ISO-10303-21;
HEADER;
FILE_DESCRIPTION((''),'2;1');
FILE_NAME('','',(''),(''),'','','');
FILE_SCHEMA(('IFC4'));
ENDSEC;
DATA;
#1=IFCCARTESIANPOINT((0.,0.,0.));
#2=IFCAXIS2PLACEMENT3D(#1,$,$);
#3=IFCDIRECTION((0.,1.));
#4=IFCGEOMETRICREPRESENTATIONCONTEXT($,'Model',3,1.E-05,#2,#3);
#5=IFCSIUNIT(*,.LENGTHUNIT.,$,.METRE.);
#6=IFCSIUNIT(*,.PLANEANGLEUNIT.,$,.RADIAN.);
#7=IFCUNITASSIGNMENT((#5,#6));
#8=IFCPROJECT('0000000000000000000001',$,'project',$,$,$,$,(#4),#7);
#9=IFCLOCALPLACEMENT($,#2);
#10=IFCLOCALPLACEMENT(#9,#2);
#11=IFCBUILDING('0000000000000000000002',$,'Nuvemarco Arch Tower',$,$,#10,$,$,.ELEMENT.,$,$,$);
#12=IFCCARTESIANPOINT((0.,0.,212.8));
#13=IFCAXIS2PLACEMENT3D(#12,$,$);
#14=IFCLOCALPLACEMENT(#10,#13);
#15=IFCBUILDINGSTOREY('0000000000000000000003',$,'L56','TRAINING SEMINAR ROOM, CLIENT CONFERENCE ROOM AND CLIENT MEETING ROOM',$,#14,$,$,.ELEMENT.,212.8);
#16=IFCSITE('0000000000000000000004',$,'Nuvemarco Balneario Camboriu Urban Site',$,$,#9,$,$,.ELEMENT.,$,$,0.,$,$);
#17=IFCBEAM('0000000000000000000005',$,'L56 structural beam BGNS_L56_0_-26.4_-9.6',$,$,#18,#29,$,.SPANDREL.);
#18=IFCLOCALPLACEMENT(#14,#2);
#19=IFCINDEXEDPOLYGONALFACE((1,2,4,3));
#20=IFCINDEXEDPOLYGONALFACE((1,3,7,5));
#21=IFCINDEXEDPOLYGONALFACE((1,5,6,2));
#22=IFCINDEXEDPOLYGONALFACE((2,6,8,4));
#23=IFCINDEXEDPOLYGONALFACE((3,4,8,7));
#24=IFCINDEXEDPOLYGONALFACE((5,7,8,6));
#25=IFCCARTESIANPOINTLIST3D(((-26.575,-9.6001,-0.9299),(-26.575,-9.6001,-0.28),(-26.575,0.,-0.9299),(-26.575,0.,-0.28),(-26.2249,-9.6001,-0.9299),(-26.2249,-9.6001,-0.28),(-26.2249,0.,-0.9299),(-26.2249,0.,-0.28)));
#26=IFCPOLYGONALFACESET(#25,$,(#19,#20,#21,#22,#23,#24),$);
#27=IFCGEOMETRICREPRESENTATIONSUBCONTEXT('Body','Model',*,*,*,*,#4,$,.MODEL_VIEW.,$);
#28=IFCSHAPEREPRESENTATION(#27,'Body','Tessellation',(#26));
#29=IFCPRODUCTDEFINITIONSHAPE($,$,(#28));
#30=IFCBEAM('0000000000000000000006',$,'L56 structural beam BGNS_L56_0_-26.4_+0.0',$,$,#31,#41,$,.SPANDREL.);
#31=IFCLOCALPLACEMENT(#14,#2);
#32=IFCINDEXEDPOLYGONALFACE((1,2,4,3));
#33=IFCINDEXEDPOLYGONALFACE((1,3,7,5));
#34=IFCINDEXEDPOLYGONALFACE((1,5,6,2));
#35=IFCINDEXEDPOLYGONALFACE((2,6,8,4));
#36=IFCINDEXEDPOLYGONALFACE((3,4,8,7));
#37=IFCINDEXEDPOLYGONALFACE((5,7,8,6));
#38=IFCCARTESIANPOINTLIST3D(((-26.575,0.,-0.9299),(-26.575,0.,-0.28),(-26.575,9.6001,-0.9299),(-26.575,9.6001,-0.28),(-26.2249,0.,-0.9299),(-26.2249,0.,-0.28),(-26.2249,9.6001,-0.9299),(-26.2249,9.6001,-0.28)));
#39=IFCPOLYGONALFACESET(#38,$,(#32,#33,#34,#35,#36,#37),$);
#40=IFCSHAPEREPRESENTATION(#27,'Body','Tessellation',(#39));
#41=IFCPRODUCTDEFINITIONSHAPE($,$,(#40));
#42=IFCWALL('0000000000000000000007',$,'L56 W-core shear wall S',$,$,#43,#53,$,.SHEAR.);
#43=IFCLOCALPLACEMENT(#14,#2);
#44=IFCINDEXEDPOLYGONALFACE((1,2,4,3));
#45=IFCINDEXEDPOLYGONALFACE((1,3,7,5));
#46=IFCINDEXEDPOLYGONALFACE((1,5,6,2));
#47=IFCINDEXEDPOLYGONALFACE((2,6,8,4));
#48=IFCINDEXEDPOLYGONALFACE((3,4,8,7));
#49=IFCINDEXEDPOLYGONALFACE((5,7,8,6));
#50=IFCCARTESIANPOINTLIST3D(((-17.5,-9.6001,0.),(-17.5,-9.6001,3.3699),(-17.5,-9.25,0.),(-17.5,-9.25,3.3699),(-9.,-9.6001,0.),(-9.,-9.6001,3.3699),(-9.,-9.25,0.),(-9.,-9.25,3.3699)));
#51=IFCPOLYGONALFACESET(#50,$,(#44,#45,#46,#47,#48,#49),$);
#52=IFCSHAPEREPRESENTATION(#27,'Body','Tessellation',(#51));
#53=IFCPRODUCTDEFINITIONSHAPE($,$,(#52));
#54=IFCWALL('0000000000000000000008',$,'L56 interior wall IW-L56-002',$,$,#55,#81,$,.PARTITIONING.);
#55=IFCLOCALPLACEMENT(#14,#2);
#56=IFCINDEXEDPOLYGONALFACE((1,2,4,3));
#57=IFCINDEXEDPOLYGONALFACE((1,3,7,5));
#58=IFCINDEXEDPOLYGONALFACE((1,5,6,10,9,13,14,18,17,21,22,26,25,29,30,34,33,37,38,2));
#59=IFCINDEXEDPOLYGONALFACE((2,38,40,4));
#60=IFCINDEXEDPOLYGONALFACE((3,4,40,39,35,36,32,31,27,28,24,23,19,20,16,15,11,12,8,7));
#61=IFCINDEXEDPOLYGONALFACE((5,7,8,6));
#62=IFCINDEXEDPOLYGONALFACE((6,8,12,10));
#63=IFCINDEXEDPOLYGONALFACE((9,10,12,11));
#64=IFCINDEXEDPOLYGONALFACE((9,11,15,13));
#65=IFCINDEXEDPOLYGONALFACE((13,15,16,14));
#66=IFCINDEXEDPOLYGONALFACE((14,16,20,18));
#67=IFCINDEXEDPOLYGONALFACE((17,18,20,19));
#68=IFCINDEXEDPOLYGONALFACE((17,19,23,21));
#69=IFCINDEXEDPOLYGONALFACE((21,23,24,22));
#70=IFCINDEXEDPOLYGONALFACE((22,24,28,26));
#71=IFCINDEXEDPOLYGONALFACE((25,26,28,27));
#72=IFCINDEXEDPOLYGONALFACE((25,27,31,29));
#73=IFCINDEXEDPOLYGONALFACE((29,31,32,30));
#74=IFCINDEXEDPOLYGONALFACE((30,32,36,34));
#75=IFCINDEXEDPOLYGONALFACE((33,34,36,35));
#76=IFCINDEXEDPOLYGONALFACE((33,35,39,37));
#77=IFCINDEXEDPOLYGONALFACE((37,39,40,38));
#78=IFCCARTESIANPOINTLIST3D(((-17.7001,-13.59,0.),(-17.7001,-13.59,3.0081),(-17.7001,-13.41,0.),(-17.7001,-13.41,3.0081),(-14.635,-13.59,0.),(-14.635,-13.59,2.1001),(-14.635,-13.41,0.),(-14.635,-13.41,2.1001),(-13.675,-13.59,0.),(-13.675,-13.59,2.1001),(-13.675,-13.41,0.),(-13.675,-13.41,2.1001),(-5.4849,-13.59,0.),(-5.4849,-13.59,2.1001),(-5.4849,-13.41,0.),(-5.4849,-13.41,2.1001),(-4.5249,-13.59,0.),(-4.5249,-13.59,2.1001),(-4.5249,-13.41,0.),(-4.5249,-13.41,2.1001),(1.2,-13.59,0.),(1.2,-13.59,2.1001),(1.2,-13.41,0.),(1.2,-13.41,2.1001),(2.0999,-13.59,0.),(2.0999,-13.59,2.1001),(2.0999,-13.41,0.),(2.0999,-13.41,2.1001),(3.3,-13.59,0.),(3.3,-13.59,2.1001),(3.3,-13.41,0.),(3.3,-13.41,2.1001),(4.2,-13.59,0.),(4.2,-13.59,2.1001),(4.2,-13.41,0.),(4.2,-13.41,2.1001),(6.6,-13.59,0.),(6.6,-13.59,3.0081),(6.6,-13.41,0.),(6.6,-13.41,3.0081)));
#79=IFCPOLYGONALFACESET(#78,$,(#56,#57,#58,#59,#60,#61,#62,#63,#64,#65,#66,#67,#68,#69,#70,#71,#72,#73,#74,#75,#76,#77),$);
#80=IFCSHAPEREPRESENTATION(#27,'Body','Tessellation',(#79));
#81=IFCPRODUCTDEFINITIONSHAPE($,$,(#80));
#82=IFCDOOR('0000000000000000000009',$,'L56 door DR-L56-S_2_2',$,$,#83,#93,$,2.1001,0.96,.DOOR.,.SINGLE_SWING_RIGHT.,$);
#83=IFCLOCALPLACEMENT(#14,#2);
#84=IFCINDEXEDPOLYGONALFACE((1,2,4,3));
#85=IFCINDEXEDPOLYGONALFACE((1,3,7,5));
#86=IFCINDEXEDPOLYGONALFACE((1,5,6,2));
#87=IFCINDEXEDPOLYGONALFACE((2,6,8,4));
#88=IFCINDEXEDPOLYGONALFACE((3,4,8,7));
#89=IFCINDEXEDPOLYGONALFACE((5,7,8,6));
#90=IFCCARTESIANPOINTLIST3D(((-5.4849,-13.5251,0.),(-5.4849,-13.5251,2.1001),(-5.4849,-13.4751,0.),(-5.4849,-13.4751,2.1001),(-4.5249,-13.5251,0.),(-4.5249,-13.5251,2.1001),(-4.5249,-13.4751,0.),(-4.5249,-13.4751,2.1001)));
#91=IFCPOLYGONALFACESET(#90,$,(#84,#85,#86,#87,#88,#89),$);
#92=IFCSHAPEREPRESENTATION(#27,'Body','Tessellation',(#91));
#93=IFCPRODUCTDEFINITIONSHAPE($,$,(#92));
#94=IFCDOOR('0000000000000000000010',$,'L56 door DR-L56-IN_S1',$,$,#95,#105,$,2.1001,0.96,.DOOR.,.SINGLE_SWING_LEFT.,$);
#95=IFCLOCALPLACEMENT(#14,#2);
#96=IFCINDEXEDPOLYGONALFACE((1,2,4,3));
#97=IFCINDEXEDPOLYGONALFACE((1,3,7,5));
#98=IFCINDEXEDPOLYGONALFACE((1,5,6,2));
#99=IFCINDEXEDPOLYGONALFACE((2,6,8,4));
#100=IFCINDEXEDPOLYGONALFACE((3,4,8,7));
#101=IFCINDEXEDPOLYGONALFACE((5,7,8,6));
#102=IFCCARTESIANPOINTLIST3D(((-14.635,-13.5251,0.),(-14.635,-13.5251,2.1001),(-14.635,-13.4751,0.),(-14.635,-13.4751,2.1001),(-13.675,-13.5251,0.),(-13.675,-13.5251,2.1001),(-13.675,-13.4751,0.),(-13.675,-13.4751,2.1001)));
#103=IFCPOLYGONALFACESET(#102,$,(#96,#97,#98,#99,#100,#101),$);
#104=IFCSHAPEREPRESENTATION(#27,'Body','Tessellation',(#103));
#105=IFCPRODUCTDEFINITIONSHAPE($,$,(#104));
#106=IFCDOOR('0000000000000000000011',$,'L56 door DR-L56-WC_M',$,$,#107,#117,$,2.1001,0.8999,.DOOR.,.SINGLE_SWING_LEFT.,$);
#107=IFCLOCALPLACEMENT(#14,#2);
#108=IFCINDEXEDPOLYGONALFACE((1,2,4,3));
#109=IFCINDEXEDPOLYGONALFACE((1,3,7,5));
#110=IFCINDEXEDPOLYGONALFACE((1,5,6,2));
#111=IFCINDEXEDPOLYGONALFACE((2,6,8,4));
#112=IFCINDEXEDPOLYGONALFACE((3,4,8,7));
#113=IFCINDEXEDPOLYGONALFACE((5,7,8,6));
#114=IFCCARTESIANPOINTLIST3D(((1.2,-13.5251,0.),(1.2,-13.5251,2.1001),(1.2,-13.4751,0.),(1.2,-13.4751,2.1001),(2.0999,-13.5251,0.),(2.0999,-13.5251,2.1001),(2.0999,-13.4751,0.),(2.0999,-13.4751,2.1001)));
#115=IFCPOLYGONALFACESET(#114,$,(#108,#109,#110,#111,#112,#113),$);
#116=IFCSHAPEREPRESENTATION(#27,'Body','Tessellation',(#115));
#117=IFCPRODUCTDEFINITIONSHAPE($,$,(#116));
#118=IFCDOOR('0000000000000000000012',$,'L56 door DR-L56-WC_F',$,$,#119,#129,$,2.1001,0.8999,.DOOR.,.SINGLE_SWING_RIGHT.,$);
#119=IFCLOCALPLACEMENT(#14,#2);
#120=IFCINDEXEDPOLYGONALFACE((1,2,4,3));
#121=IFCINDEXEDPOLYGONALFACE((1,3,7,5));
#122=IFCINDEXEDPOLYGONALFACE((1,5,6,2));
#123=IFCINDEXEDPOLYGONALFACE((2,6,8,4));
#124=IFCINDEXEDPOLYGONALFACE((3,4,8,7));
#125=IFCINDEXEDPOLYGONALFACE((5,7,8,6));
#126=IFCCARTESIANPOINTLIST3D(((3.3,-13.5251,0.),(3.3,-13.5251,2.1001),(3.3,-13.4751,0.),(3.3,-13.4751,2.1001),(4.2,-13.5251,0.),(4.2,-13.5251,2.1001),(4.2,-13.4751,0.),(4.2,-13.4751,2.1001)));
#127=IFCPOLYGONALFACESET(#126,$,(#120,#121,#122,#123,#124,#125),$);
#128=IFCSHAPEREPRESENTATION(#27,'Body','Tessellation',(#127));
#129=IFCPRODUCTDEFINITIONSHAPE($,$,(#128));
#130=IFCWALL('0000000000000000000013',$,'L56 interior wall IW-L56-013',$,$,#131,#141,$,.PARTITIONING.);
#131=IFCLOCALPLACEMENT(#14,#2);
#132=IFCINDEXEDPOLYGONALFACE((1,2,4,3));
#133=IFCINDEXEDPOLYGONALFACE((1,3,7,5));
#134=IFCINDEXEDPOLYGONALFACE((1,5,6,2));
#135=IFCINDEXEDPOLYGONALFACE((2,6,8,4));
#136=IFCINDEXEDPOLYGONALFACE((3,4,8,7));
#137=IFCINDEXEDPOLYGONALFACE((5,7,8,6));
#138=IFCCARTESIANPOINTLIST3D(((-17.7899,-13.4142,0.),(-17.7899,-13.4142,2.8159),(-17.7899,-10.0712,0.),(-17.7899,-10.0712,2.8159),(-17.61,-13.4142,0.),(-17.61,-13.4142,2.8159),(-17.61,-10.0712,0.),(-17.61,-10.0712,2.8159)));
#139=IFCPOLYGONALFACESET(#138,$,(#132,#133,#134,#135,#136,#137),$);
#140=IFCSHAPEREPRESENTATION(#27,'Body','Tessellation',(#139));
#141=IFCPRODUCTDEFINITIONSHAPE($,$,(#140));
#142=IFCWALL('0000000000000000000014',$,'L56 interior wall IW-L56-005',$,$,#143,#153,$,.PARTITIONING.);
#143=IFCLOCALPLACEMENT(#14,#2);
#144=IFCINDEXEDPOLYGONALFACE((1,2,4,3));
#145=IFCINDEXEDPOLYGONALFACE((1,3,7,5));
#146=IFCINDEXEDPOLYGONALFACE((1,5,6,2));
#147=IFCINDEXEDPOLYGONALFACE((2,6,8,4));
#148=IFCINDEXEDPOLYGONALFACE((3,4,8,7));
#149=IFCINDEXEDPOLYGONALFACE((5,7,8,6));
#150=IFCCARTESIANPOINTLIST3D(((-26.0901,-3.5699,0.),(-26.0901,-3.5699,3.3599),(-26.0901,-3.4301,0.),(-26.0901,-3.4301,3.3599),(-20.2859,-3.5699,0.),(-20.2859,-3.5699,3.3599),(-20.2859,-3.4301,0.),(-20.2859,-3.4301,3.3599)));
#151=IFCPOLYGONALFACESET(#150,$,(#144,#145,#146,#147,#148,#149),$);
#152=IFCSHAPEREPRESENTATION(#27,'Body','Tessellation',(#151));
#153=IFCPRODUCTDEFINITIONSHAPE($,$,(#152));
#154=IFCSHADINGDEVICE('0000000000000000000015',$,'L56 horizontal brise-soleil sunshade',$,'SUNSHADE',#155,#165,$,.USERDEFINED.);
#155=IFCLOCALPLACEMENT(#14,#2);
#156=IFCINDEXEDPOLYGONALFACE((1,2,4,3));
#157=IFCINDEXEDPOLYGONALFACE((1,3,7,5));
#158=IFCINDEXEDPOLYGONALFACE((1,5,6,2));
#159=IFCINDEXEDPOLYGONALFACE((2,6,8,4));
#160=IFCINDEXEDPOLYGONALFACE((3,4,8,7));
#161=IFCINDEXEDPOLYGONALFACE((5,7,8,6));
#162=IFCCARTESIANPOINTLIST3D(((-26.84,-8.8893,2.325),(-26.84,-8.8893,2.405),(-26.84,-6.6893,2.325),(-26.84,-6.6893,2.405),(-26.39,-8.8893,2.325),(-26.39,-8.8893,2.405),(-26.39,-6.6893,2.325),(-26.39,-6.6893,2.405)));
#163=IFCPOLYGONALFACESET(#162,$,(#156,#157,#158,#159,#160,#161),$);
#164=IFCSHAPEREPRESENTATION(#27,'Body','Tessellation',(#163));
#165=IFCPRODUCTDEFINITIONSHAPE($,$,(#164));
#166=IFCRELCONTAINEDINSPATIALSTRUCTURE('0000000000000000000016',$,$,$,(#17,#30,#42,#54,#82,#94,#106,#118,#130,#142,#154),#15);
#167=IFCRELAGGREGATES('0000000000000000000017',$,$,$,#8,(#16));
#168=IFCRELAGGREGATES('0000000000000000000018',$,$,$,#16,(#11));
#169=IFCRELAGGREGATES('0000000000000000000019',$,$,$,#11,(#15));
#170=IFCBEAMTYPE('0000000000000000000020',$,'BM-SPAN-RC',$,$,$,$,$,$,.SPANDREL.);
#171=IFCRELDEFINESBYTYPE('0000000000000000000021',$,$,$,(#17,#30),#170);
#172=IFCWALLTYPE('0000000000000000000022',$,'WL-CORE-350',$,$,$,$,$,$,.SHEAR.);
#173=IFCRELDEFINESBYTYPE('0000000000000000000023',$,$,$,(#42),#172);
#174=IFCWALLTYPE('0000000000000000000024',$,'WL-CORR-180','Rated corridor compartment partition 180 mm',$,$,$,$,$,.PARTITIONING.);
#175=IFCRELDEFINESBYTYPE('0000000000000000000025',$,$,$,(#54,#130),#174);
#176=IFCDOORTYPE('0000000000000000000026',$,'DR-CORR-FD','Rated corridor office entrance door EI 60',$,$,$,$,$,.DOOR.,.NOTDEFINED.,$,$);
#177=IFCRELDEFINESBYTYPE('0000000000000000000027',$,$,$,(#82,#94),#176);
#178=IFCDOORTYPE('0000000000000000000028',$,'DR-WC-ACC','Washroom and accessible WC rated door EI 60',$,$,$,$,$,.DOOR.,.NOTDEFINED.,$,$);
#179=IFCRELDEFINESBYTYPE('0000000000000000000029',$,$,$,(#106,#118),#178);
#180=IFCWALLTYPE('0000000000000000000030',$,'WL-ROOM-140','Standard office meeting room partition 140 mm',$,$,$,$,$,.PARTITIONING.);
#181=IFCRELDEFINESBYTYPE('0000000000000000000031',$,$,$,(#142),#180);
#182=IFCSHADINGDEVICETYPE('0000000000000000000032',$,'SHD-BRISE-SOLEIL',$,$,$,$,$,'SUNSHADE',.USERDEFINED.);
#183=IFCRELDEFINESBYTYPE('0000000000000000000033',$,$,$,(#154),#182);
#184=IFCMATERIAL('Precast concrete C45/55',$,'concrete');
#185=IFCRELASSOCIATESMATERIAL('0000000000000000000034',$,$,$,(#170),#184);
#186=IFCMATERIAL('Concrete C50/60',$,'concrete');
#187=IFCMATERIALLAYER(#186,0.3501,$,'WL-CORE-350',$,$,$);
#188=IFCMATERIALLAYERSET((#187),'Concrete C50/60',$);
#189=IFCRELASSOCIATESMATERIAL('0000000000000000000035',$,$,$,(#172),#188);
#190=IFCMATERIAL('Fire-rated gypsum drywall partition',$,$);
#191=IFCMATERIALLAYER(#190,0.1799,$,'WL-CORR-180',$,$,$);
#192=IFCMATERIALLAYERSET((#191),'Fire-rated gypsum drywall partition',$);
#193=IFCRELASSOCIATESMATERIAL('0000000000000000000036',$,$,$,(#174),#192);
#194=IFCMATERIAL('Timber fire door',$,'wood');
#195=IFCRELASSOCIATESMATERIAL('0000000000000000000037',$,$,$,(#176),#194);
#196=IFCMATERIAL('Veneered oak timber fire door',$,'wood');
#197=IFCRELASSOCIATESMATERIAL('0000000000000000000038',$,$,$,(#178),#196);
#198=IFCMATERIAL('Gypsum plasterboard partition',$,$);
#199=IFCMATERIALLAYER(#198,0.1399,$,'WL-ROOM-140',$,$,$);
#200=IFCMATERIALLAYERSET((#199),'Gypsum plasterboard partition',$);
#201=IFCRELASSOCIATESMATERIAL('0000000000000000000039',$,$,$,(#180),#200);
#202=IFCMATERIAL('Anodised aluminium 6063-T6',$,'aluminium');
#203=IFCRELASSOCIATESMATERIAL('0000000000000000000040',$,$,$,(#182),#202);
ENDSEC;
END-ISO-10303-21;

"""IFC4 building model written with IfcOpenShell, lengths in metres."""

from ifc_helpers import new_model, si_unit, direction, frame, frame_2d, origin, origin_2d, place, context, subcontext, project, spatial, rectangle, extrude, source, transform, mapped, material, layer, layer_set, material_profile, profile_set, type_object, type_shapes, element, fill, save


model = new_model("IFC4")

# Units and contexts
model_context = context("Model", 3, precision=1e-05, world=origin(), true_north=direction((0.0, 1.0)))
body_context = subcontext(model_context, "Body", "Model", "MODEL_VIEW")
ifc_project = project(units=[si_unit("LENGTHUNIT", "METRE"), si_unit("PLANEANGLEUNIT", "RADIAN")], contexts=[model_context])

# Site, building, storey
site_placement = place(None, origin())
site = spatial("IfcSite", under=ifc_project, at=site_placement, Name="Nuvemarco Balneario Camboriu Urban Site", CompositionType="ELEMENT", RefElevation=0.0)
building_placement = place(site_placement, origin())
building = spatial("IfcBuilding", under=site, at=building_placement, Name="Nuvemarco Arch Tower", CompositionType="ELEMENT")
storey_placement = place(building_placement, frame((0.0, 0.0, 212.8)))
storey = spatial("IfcBuildingStorey", under=building, at=storey_placement, Name="L56", Description="TRAINING SEMINAR ROOM, CLIENT CONFERENCE ROOM AND CLIENT MEETING ROOM", CompositionType="ELEMENT", Elevation=212.8)

# Shared definitions
ifc_material_1 = material(Name="Concrete C50/60", Category="concrete")

# Beams
ifc_material_2 = material(Name="Precast concrete C45/55", Category="concrete")
ifc_material_profile_1 = material_profile(ifc_material_2, rectangle(XDim=0.3501, YDim=0.6499, at=origin_2d()), Name="PC-SP-350x650")
ifc_profile_set_1 = profile_set([ifc_material_profile_1], Name="Precast concrete C45/55")
beam_type_1 = type_object("IfcBeamType", Name="BM-SPAN-RC", PredefinedType="SPANDREL", material=ifc_profile_set_1)
for number, where, z_axis, x_axis, name in (
    (1, (-26.3999, -9.6001, -0.605), (0.0, 1.0, 0.0), (-1.0, 0.0, 0.0), "L56 structural beam BGNS_L56_0_-26.4_-9.6"),
    (2, (-26.3999, 0.0, -0.605), (0.0, 1.0, 0.0), (-1.0, 0.0, 0.0), "L56 structural beam BGNS_L56_0_-26.4_+0.0"),
):
    element("IfcBeam", number, at=place(storey_placement, frame(where, z_axis=z_axis, x_axis=x_axis)), inside=storey, type_object=beam_type_1, Name=name, PredefinedType="SPANDREL", context=body_context, shape_type="SweptSolid", body=[
        extrude(rectangle(XDim=0.3501, YDim=0.6499, at=origin_2d()), origin(), (0.0, 0.0, 1.0), 9.6001),
    ])

# Wall
ifc_layer_1 = layer(ifc_material_1, 0.3501, Name="WL-CORE-350")
ifc_layer_set_1 = layer_set([ifc_layer_1], Name="Concrete C50/60")
wall_type_1 = type_object("IfcWallType", Name="WL-CORE-350", PredefinedType="SHEAR", material=ifc_layer_set_1)
wall_1_placement = place(storey_placement, frame((-17.5, -9.425, 0.0), z_axis=(0.0, 0.0, 1.0), x_axis=(1.0, 0.0, 0.0)))
element("IfcWall", 3, at=wall_1_placement, inside=storey, type_object=wall_type_1, Name="L56 W-core shear wall S", PredefinedType="SHEAR", context=body_context, shape_type="SweptSolid", body=[
    extrude(rectangle(XDim=8.5, YDim=0.3501, at=frame_2d((4.25, 0.0))), origin(), (0.0, 0.0, 1.0), 3.3699),
])

# Wall, openings, doors
ifc_material_3 = material(Name="Fire-rated gypsum drywall partition")
ifc_layer_2 = layer(ifc_material_3, 0.1799, Name="WL-CORR-180")
ifc_layer_set_2 = layer_set([ifc_layer_2], Name="Fire-rated gypsum drywall partition")
wall_type_2 = type_object("IfcWallType", Name="WL-CORR-180", Description="Rated corridor compartment partition 180 mm", PredefinedType="PARTITIONING", material=ifc_layer_set_2)
wall_2_placement = place(storey_placement, frame((-17.7, -13.5, 0.0), z_axis=(0.0, 0.0, 1.0), x_axis=(1.0, 0.0, 0.0)))
wall_2 = element("IfcWall", 4, at=wall_2_placement, inside=storey, type_object=wall_type_2, Name="L56 interior wall IW-L56-002", PredefinedType="PARTITIONING", context=body_context, shape_type="SweptSolid", body=[
    extrude(rectangle(XDim=24.3, YDim=0.1799, at=frame_2d((12.1499, 0.0))), origin(), (0.0, 0.0, 1.0), 3.0081),
])
opening_1_placement = place(wall_2_placement, frame((12.2151, 0.0, 0.0)))
opening_1 = element("IfcOpeningElement", 5, at=opening_1_placement, cuts=wall_2, PredefinedType="OPENING", context=body_context, shape_type="SweptSolid", body=[
    extrude(rectangle(XDim=0.96, YDim=2.1001, at=frame_2d((0.48, 1.05))), frame((0.0, 0.0999, 0.0), z_axis=(0.0, -1.0, 0.0), x_axis=(1.0, 0.0, 0.0)), (0.0, 0.0, 1.0), 0.2),
])
opening_2_placement = place(wall_2_placement, frame((3.0649, 0.0, 0.0)))
opening_2 = element("IfcOpeningElement", 6, at=opening_2_placement, cuts=wall_2, PredefinedType="OPENING", context=body_context, shape_type="SweptSolid", body=[
    extrude(rectangle(XDim=0.96, YDim=2.1001, at=frame_2d((0.48, 1.05))), frame((0.0, 0.0999, 0.0), z_axis=(0.0, -1.0, 0.0), x_axis=(1.0, 0.0, 0.0)), (0.0, 0.0, 1.0), 0.2),
])
opening_3_placement = place(wall_2_placement, frame((18.8999, 0.0, 0.0)))
opening_3 = element("IfcOpeningElement", 7, at=opening_3_placement, cuts=wall_2, PredefinedType="OPENING", context=body_context, shape_type="SweptSolid", body=[
    extrude(rectangle(XDim=0.8999, YDim=2.1001, at=frame_2d((0.45, 1.05))), frame((0.0, 0.0999, 0.0), z_axis=(0.0, -1.0, 0.0), x_axis=(1.0, 0.0, 0.0)), (0.0, 0.0, 1.0), 0.2),
])
opening_4_placement = place(wall_2_placement, frame((21.0, 0.0, 0.0)))
opening_4 = element("IfcOpeningElement", 8, at=opening_4_placement, cuts=wall_2, PredefinedType="OPENING", context=body_context, shape_type="SweptSolid", body=[
    extrude(rectangle(XDim=0.8999, YDim=2.1001, at=frame_2d((0.45, 1.05))), frame((0.0, 0.0999, 0.0), z_axis=(0.0, -1.0, 0.0), x_axis=(1.0, 0.0, 0.0)), (0.0, 0.0, 1.0), 0.2),
])
ifc_material_4 = material(Name="Timber fire door", Category="wood")
door_type_1 = type_object("IfcDoorType", Name="DR-CORR-FD", Description="Rated corridor office entrance door EI 60", OperationType="NOTDEFINED", PredefinedType="DOOR", material=ifc_material_4)
shared_shape_1 = source(origin(), body_context, "Body", "SweptSolid", [
    extrude(rectangle(XDim=0.96, YDim=2.1001, at=frame_2d((0.48, 1.05))), frame((0.0, 0.0249, 0.0), z_axis=(0.0, -1.0, 0.0), x_axis=(1.0, 0.0, 0.0)), (0.0, 0.0, 1.0), 0.05),
])
type_shapes(door_type_1, [shared_shape_1])
door_1_placement = place(opening_1_placement, origin())
door_1 = element("IfcDoor", 9, at=door_1_placement, inside=storey, type_object=door_type_1, Name="L56 door DR-L56-S_2_2", OperationType="SINGLE_SWING_RIGHT", OverallHeight=2.1001, OverallWidth=0.96, PredefinedType="DOOR", context=body_context, shape_type="MappedRepresentation", body=[
    mapped(shared_shape_1, transform((0.0, 0.0, 0.0), scale=1.0)),
])
fill(opening_1, door_1)
door_2_placement = place(opening_2_placement, origin())
door_2 = element("IfcDoor", 10, at=door_2_placement, inside=storey, type_object=door_type_1, Name="L56 door DR-L56-IN_S1", OperationType="SINGLE_SWING_LEFT", OverallHeight=2.1001, OverallWidth=0.96, PredefinedType="DOOR", context=body_context, shape_type="MappedRepresentation", body=[
    mapped(shared_shape_1, transform((0.0, 0.0, 0.0), scale=1.0)),
])
fill(opening_2, door_2)
ifc_material_5 = material(Name="Veneered oak timber fire door", Category="wood")
door_type_2 = type_object("IfcDoorType", Name="DR-WC-ACC", Description="Washroom and accessible WC rated door EI 60", OperationType="NOTDEFINED", PredefinedType="DOOR", material=ifc_material_5)
shared_shape_2 = source(origin(), body_context, "Body", "SweptSolid", [
    extrude(rectangle(XDim=0.8999, YDim=2.1001, at=frame_2d((0.45, 1.05))), frame((0.0, 0.0249, 0.0), z_axis=(0.0, -1.0, 0.0), x_axis=(1.0, 0.0, 0.0)), (0.0, 0.0, 1.0), 0.05),
])
type_shapes(door_type_2, [shared_shape_2])
door_3_placement = place(opening_3_placement, origin())
door_3 = element("IfcDoor", 11, at=door_3_placement, inside=storey, type_object=door_type_2, Name="L56 door DR-L56-WC_M", OperationType="SINGLE_SWING_LEFT", OverallHeight=2.1001, OverallWidth=0.8999, PredefinedType="DOOR", context=body_context, shape_type="MappedRepresentation", body=[
    mapped(shared_shape_2, transform((0.0, 0.0, 0.0), scale=1.0)),
])
fill(opening_3, door_3)
door_4_placement = place(opening_4_placement, origin())
door_4 = element("IfcDoor", 12, at=door_4_placement, inside=storey, type_object=door_type_2, Name="L56 door DR-L56-WC_F", OperationType="SINGLE_SWING_RIGHT", OverallHeight=2.1001, OverallWidth=0.8999, PredefinedType="DOOR", context=body_context, shape_type="MappedRepresentation", body=[
    mapped(shared_shape_2, transform((0.0, 0.0, 0.0), scale=1.0)),
])
fill(opening_4, door_4)

# Walls
wall_3_placement = place(storey_placement, frame((-17.7, -13.4141, 0.0), z_axis=(0.0, 0.0, 1.0), x_axis=(0.0, 1.0, 0.0)))
element("IfcWall", 13, at=wall_3_placement, inside=storey, type_object=wall_type_2, Name="L56 interior wall IW-L56-013", PredefinedType="PARTITIONING", context=body_context, shape_type="SweptSolid", body=[
    extrude(rectangle(XDim=3.343, YDim=0.1799, at=frame_2d((1.6714, 0.0))), origin(), (0.0, 0.0, 1.0), 2.8159),
])
ifc_material_6 = material(Name="Gypsum plasterboard partition")
ifc_layer_3 = layer(ifc_material_6, 0.1399, Name="WL-ROOM-140")
ifc_layer_set_3 = layer_set([ifc_layer_3], Name="Gypsum plasterboard partition")
wall_type_3 = type_object("IfcWallType", Name="WL-ROOM-140", Description="Standard office meeting room partition 140 mm", PredefinedType="PARTITIONING", material=ifc_layer_set_3)
wall_4_placement = place(storey_placement, frame((-26.0901, -3.5, 0.0), z_axis=(0.0, 0.0, 1.0), x_axis=(1.0, 0.0, 0.0)))
element("IfcWall", 14, at=wall_4_placement, inside=storey, type_object=wall_type_3, Name="L56 interior wall IW-L56-005", PredefinedType="PARTITIONING", context=body_context, shape_type="SweptSolid", body=[
    extrude(rectangle(XDim=5.8042, YDim=0.1399, at=frame_2d((2.9021, 0.0))), origin(), (0.0, 0.0, 1.0), 3.3599),
])

# Shading device
ifc_material_7 = material(Name="Anodised aluminium 6063-T6", Category="aluminium")
shading_device_type = type_object("IfcShadingDeviceType", Name="SHD-BRISE-SOLEIL", ElementType="SUNSHADE", PredefinedType="USERDEFINED", material=ifc_material_7)
shared_shape_3 = source(origin(), body_context, "Body", "SweptSolid", [
    extrude(rectangle(XDim=2.2, YDim=0.45, at=origin_2d()), origin(), (0.0, 0.0, 1.0), 0.0801),
])
type_shapes(shading_device_type, [shared_shape_3])
for number, where, z_axis, x_axis, name in (
    (15, (-26.615, -7.7893, 2.325), (0.0, 0.0, 1.0), (0.0, 1.0, 0.0), "L56 horizontal brise-soleil sunshade"),
):
    element("IfcShadingDevice", number, at=place(storey_placement, frame(where, z_axis=z_axis, x_axis=x_axis)), inside=storey, type_object=shading_device_type, Name=name, ObjectType="SUNSHADE", PredefinedType="USERDEFINED", context=body_context, shape_type="MappedRepresentation", body=[
        mapped(shared_shape_3, transform((0.0, 0.0, 0.0), scale=1.0)),
    ])

save(model, "model.ifc")
